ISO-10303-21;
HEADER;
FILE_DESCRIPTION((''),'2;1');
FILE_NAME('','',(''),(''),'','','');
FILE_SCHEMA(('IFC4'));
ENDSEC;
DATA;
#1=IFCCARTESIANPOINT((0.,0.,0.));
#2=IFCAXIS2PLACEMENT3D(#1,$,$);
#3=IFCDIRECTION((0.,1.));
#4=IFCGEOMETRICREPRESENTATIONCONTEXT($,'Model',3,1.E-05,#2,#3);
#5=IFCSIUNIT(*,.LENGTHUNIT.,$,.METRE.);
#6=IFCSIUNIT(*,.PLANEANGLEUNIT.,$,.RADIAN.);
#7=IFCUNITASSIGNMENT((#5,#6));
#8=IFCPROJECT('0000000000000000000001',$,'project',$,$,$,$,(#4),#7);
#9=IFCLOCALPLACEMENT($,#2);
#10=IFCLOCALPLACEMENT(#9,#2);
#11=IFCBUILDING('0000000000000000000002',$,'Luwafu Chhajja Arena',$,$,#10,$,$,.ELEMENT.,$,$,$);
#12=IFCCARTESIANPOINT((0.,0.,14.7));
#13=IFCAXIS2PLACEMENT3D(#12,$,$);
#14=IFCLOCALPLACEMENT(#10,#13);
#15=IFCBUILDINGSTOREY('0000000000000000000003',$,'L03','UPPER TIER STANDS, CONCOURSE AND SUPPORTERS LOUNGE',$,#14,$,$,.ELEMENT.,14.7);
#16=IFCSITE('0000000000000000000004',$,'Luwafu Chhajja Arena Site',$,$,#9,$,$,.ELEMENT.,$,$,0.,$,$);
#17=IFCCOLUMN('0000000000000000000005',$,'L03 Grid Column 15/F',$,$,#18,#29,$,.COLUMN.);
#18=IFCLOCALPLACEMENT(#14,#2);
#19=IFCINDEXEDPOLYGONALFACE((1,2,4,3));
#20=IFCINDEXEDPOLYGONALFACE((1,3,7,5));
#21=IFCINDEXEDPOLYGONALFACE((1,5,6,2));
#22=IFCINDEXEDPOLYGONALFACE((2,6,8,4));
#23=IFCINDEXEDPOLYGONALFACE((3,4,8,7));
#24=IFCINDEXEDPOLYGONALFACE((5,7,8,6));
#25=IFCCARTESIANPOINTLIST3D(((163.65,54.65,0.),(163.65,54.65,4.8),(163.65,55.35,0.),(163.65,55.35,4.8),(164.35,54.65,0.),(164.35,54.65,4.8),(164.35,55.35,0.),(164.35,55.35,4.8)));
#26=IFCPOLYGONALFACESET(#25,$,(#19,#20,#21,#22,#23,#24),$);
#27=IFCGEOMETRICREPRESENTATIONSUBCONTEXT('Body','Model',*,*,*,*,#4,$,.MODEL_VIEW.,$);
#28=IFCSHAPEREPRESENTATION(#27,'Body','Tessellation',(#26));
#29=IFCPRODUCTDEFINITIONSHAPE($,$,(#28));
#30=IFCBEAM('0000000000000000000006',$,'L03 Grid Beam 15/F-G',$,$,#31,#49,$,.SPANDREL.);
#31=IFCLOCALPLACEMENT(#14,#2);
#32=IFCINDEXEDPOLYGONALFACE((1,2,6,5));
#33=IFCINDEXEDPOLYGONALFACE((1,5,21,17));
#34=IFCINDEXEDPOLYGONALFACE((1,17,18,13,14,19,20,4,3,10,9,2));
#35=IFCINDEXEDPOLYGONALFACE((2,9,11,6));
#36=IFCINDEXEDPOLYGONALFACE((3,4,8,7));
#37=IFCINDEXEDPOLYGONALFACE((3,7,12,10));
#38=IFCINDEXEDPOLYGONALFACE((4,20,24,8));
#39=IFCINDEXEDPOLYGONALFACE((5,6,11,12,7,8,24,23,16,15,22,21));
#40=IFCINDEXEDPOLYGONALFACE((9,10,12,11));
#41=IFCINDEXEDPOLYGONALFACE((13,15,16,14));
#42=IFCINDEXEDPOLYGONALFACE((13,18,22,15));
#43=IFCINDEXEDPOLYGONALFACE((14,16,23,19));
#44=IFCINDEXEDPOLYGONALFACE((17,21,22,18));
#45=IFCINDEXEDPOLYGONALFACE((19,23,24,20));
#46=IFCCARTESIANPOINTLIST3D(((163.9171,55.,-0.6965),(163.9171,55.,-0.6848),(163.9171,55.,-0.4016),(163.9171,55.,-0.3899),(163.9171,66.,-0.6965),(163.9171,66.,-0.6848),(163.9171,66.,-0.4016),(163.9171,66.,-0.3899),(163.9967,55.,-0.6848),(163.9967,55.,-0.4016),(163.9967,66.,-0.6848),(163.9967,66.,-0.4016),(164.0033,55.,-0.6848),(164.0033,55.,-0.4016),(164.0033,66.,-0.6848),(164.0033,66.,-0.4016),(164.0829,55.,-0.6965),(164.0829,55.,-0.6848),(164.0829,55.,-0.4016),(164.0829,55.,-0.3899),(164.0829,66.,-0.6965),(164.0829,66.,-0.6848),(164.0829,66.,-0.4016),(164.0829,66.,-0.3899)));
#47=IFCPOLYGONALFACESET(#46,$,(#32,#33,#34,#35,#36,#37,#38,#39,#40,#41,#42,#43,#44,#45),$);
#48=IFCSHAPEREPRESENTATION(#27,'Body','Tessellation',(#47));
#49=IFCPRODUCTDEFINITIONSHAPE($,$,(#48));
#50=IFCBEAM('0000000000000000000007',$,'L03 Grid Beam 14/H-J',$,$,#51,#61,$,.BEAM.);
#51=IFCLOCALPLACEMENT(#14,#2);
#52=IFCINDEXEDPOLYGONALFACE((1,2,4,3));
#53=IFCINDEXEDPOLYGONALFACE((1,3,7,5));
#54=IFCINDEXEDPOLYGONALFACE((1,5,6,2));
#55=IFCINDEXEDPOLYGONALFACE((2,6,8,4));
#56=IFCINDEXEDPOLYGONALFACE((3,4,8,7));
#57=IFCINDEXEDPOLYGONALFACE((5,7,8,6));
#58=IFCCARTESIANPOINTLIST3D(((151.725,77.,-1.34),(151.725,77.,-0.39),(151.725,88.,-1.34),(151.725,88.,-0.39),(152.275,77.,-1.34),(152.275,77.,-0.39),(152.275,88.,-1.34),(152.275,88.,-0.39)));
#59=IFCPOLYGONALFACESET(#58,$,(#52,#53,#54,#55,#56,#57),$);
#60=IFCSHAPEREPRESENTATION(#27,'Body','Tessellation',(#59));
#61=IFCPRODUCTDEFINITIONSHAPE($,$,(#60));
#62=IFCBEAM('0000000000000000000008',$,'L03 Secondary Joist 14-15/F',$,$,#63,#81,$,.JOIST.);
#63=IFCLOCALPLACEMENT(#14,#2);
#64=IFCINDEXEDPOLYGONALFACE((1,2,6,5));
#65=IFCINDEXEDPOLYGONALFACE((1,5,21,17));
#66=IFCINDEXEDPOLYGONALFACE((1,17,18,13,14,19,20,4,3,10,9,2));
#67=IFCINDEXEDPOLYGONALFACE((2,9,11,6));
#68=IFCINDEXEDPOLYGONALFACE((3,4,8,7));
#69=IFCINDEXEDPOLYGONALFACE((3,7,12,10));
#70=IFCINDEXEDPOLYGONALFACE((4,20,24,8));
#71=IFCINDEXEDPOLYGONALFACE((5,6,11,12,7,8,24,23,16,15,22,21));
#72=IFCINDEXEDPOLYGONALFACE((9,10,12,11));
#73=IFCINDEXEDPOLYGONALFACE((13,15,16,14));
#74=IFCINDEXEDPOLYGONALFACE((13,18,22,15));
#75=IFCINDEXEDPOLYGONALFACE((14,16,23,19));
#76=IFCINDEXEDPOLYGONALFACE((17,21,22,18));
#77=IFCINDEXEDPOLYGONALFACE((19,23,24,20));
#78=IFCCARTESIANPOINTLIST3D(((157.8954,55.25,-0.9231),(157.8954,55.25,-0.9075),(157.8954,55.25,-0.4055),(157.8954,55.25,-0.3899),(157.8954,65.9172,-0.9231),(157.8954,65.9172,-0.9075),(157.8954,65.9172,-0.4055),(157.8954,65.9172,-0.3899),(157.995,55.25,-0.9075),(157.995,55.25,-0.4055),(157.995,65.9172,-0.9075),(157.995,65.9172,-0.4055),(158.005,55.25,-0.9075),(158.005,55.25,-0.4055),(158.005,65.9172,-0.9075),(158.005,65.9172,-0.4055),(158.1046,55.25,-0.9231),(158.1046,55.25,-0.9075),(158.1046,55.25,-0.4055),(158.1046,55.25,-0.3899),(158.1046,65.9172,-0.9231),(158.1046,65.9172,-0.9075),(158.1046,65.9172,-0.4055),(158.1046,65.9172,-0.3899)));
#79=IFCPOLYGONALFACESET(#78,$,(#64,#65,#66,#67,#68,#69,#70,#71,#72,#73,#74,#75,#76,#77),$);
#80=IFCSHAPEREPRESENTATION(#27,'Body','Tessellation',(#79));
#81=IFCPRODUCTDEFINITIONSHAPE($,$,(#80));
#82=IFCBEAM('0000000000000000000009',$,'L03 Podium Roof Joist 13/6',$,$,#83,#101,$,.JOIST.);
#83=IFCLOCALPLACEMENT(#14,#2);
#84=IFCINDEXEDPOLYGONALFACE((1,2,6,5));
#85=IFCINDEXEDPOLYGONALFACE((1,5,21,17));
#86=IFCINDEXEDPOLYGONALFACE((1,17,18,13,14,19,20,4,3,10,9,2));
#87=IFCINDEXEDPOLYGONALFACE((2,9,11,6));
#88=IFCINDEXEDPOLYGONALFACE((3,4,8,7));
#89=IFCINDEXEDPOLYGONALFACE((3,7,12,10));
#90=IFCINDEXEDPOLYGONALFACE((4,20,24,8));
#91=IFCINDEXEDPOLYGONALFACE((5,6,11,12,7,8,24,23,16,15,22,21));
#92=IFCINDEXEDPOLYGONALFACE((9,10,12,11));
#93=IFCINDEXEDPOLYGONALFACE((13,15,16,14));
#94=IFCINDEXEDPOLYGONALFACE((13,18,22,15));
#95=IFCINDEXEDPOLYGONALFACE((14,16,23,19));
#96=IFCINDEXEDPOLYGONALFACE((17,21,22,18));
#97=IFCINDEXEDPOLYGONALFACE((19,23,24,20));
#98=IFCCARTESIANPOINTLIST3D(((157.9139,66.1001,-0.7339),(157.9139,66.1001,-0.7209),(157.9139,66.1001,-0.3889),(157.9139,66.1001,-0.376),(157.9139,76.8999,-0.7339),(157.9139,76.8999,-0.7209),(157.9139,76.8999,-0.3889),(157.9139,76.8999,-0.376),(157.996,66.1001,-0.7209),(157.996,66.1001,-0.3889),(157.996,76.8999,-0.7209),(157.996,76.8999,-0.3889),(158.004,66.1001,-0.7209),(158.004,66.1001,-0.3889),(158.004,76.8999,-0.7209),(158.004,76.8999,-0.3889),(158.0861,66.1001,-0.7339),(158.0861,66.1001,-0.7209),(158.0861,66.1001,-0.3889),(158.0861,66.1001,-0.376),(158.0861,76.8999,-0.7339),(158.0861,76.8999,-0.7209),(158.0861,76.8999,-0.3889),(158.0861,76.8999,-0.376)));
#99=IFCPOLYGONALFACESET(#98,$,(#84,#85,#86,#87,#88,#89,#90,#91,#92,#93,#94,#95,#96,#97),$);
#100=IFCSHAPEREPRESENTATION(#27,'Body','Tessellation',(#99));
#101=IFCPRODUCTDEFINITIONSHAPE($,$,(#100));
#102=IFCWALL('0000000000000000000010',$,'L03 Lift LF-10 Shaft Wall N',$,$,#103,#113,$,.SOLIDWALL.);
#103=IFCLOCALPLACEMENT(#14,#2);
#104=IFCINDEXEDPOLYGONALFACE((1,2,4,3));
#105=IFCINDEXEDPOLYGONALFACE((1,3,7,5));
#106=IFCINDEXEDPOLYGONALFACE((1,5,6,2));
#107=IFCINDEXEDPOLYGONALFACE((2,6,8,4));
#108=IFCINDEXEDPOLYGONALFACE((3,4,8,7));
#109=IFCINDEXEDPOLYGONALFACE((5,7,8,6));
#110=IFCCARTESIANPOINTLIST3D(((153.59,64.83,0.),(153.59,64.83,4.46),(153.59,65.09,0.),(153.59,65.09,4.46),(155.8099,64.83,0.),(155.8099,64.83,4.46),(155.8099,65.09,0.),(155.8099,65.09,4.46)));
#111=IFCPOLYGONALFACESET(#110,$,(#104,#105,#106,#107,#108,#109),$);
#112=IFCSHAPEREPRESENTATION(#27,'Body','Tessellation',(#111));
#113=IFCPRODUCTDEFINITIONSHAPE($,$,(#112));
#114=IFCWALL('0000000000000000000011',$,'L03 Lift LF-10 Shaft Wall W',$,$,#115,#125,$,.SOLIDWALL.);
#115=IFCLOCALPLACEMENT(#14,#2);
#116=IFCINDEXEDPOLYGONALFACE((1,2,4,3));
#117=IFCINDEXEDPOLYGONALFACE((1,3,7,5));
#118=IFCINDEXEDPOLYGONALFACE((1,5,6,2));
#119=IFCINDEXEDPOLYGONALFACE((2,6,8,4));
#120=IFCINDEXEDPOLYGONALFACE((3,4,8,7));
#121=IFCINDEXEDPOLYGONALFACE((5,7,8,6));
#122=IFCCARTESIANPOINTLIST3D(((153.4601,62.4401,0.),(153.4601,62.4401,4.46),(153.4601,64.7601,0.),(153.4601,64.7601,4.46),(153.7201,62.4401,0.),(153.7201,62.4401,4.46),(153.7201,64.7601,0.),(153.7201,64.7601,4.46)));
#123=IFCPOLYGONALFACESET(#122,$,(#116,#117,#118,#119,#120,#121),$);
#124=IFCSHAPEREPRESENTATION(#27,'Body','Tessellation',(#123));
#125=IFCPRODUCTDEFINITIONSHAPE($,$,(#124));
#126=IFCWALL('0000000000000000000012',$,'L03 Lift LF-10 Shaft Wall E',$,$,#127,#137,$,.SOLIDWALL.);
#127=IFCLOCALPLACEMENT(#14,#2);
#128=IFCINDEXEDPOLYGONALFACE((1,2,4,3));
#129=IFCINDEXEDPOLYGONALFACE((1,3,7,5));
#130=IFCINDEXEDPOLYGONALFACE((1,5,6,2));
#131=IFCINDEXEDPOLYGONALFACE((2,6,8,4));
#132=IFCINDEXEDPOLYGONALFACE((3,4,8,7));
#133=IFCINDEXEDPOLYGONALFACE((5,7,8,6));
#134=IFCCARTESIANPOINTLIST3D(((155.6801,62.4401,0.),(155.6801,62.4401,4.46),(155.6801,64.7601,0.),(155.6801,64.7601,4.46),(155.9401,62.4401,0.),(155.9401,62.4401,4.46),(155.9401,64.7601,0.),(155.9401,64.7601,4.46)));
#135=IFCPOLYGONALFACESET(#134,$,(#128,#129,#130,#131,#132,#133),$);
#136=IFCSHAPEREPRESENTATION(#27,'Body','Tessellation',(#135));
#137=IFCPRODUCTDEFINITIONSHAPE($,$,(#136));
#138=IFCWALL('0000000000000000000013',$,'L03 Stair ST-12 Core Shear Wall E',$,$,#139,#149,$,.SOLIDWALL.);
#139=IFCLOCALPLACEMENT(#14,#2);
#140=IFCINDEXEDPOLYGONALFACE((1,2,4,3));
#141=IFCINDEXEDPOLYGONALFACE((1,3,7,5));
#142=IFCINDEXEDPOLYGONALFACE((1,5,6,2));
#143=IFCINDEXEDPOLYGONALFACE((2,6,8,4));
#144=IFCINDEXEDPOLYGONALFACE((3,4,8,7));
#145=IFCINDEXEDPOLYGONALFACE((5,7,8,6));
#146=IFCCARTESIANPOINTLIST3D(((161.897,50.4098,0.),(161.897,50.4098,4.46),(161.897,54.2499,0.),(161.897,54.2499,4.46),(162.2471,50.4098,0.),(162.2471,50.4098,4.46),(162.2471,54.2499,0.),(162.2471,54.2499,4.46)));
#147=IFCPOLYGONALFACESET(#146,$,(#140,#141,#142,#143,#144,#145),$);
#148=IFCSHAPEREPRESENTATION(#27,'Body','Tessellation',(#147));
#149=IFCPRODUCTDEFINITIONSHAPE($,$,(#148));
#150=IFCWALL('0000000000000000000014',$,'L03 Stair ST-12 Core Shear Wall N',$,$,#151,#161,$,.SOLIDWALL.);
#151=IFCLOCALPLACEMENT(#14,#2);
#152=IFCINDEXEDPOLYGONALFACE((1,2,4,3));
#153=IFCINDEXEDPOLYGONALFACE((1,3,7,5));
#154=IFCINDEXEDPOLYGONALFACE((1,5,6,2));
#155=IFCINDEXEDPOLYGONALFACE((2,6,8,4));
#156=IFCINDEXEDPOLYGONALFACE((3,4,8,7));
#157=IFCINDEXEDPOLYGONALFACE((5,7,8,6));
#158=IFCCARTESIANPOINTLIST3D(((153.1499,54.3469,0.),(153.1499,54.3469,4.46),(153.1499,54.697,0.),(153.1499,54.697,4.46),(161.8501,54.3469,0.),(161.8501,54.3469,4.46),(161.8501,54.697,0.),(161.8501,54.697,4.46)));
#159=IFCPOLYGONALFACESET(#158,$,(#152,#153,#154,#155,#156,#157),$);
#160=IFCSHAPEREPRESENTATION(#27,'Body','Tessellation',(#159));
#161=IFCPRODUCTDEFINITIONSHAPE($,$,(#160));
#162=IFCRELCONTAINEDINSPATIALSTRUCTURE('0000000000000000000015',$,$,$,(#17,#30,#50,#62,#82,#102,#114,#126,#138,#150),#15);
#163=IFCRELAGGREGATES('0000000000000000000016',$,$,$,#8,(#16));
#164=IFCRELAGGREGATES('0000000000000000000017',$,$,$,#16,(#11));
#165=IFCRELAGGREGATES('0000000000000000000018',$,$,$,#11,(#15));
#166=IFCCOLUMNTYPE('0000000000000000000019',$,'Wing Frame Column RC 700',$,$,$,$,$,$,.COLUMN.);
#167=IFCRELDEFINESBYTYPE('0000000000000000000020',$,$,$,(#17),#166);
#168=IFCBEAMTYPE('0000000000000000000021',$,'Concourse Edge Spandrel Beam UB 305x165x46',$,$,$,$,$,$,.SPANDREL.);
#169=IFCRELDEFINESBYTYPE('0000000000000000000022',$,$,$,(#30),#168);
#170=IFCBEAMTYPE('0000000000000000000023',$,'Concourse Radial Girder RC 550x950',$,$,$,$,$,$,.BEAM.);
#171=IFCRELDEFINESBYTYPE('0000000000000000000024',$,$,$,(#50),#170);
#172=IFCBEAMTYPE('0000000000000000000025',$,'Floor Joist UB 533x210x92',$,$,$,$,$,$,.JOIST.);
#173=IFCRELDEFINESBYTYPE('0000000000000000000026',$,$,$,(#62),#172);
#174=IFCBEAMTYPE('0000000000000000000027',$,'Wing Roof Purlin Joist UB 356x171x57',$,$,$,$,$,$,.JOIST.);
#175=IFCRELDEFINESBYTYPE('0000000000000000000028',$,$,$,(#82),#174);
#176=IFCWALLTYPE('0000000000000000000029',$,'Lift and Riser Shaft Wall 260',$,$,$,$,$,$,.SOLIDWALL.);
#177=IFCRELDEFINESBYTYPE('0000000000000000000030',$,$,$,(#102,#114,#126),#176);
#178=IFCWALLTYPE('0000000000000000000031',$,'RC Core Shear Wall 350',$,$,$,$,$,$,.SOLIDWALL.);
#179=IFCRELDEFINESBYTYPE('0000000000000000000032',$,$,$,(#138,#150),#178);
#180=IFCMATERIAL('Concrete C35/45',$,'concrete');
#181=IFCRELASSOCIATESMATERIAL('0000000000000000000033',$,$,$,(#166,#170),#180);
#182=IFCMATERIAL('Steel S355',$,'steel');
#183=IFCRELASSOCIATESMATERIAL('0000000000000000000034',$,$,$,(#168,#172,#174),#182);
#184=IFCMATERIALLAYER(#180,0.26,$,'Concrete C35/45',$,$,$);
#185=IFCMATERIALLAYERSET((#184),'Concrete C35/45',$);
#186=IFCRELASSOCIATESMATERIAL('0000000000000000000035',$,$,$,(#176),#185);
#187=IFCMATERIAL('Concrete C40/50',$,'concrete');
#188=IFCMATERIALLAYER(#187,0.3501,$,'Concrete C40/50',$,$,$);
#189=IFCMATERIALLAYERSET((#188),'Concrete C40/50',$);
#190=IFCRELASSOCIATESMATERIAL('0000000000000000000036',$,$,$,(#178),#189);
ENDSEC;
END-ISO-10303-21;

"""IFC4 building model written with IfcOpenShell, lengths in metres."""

from ifc_helpers import new_model, si_unit, direction, frame, frame_2d, origin, origin_2d, place, context, subcontext, project, spatial, rectangle, i_section, extrude, material, layer, layer_set, material_profile, profile_set, type_object, element, save


model = new_model("IFC4")

# Units and contexts
model_context = context("Model", 3, precision=1e-05, world=origin(), true_north=direction((0.0, 1.0)))
body_context = subcontext(model_context, "Body", "Model", "MODEL_VIEW")
ifc_project = project(units=[si_unit("LENGTHUNIT", "METRE"), si_unit("PLANEANGLEUNIT", "RADIAN")], contexts=[model_context])

# Site, building, storey
site_placement = place(None, origin())
site = spatial("IfcSite", under=ifc_project, at=site_placement, Name="Luwafu Chhajja Arena Site", CompositionType="ELEMENT", RefElevation=0.0)
building_placement = place(site_placement, origin())
building = spatial("IfcBuilding", under=site, at=building_placement, Name="Luwafu Chhajja Arena", CompositionType="ELEMENT")
storey_placement = place(building_placement, frame((0.0, 0.0, 14.7)))
storey = spatial("IfcBuildingStorey", under=building, at=storey_placement, Name="L03", Description="UPPER TIER STANDS, CONCOURSE AND SUPPORTERS LOUNGE", CompositionType="ELEMENT", Elevation=14.7)

# Column
ifc_material_1 = material(Name="Concrete C35/45", Category="concrete")
ifc_material_profile_1 = material_profile(ifc_material_1, rectangle(XDim=0.7, YDim=0.7, at=origin_2d()), Name="RC 700x700")
ifc_profile_set_1 = profile_set([ifc_material_profile_1], Name="Concrete C35/45")
column_type = type_object("IfcColumnType", Name="Wing Frame Column RC 700", PredefinedType="COLUMN", material=ifc_profile_set_1)
column_placement = place(storey_placement, frame((164.0, 55.0, 0.0), z_axis=(0.0, 0.0, 1.0), x_axis=(1.0, 0.0, 0.0)))
element("IfcColumn", 1, at=column_placement, inside=storey, type_object=column_type, Name="L03 Grid Column 15/F", PredefinedType="COLUMN", context=body_context, shape_type="SweptSolid", body=[
    extrude(rectangle(XDim=0.7, YDim=0.7, at=origin_2d()), origin(), (0.0, 0.0, 1.0), 4.8),
])

# Beams
ifc_material_2 = material(Name="Steel S355", Category="steel")
ifc_material_profile_2 = material_profile(ifc_material_2, i_section(OverallWidth=0.1658, OverallDepth=0.3066, WebThickness=0.0066, FlangeThickness=0.0117, at=origin_2d()), Name="UB 305x165x46")
ifc_profile_set_2 = profile_set([ifc_material_profile_2], Name="Steel S355")
beam_type_1 = type_object("IfcBeamType", Name="Concourse Edge Spandrel Beam UB 305x165x46", PredefinedType="SPANDREL", material=ifc_profile_set_2)
beam_1_placement = place(storey_placement, frame((164.0, 55.0, -0.5432), z_axis=(0.0, 1.0, 0.0), x_axis=(-1.0, 0.0, 0.0)))
element("IfcBeam", 2, at=beam_1_placement, inside=storey, type_object=beam_type_1, Name="L03 Grid Beam 15/F-G", PredefinedType="SPANDREL", context=body_context, shape_type="SweptSolid", body=[
    extrude(i_section(OverallWidth=0.1658, OverallDepth=0.3066, WebThickness=0.0066, FlangeThickness=0.0117, at=origin_2d()), origin(), (0.0, 0.0, 1.0), 11.0),
])
ifc_material_profile_3 = material_profile(ifc_material_1, rectangle(XDim=0.55, YDim=0.95, at=origin_2d()), Name="RC 550x950")
ifc_profile_set_3 = profile_set([ifc_material_profile_3], Name="Concrete C35/45")
beam_type_2 = type_object("IfcBeamType", Name="Concourse Radial Girder RC 550x950", PredefinedType="BEAM", material=ifc_profile_set_3)
beam_2_placement = place(storey_placement, frame((152.0, 77.0, -0.865), z_axis=(0.0, 1.0, 0.0), x_axis=(-1.0, 0.0, 0.0)))
element("IfcBeam", 3, at=beam_2_placement, inside=storey, type_object=beam_type_2, Name="L03 Grid Beam 14/H-J", PredefinedType="BEAM", context=body_context, shape_type="SweptSolid", body=[
    extrude(rectangle(XDim=0.55, YDim=0.95, at=origin_2d()), origin(), (0.0, 0.0, 1.0), 11.0),
])
ifc_material_profile_4 = material_profile(ifc_material_2, i_section(OverallWidth=0.2092, OverallDepth=0.5332, WebThickness=0.01, FlangeThickness=0.0156, at=origin_2d()), Name="UB 533x210x92")
ifc_profile_set_4 = profile_set([ifc_material_profile_4], Name="Steel S355")
beam_type_3 = type_object("IfcBeamType", Name="Floor Joist UB 533x210x92", PredefinedType="JOIST", material=ifc_profile_set_4)
beam_3_placement = place(storey_placement, frame((158.0, 55.25, -0.6565), z_axis=(0.0, 1.0, 0.0), x_axis=(-1.0, 0.0, 0.0)))
element("IfcBeam", 4, at=beam_3_placement, inside=storey, type_object=beam_type_3, Name="L03 Secondary Joist 14-15/F", PredefinedType="JOIST", context=body_context, shape_type="SweptSolid", body=[
    extrude(i_section(OverallWidth=0.2092, OverallDepth=0.5332, WebThickness=0.01, FlangeThickness=0.0156, at=origin_2d()), origin(), (0.0, 0.0, 1.0), 10.6672),
])
ifc_material_profile_5 = material_profile(ifc_material_2, i_section(OverallWidth=0.1721, OverallDepth=0.3579, WebThickness=0.0081, FlangeThickness=0.0129, at=origin_2d()), Name="UB 356x171x57")
ifc_profile_set_5 = profile_set([ifc_material_profile_5], Name="Steel S355")
beam_type_4 = type_object("IfcBeamType", Name="Wing Roof Purlin Joist UB 356x171x57", PredefinedType="JOIST", material=ifc_profile_set_5)
beam_4_placement = place(storey_placement, frame((158.0, 66.1001, -0.5549), z_axis=(0.0, 1.0, 0.0), x_axis=(-1.0, 0.0, 0.0)))
element("IfcBeam", 5, at=beam_4_placement, inside=storey, type_object=beam_type_4, Name="L03 Podium Roof Joist 13/6", PredefinedType="JOIST", context=body_context, shape_type="SweptSolid", body=[
    extrude(i_section(OverallWidth=0.1721, OverallDepth=0.3579, WebThickness=0.0081, FlangeThickness=0.0129, at=origin_2d()), origin(), (0.0, 0.0, 1.0), 10.7998),
])

# Shared definitions
ifc_layer_1 = layer(ifc_material_1, 0.26, Name="Concrete C35/45")
ifc_layer_set_1 = layer_set([ifc_layer_1], Name="Concrete C35/45")
wall_type_1 = type_object("IfcWallType", Name="Lift and Riser Shaft Wall 260", PredefinedType="SOLIDWALL", material=ifc_layer_set_1)

# Walls
wall_1_placement = place(storey_placement, frame((153.5901, 64.96, 0.0), z_axis=(0.0, 0.0, 1.0), x_axis=(1.0, 0.0, 0.0)))
element("IfcWall", 6, at=wall_1_placement, inside=storey, type_object=wall_type_1, Name="L03 Lift LF-10 Shaft Wall N", PredefinedType="SOLIDWALL", context=body_context, shape_type="SweptSolid", body=[
    extrude(rectangle(XDim=2.22, YDim=0.26, at=frame_2d((1.1099, 0.0))), origin(), (0.0, 0.0, 1.0), 4.46),
])
for number, where, z_axis, x_axis, name in (
    (7, (153.5901, 62.4399, 0.0), (0.0, 0.0, 1.0), (0.0, 1.0, 0.0), "L03 Lift LF-10 Shaft Wall W"),
    (8, (155.8101, 62.4399, 0.0), (0.0, 0.0, 1.0), (0.0, 1.0, 0.0), "L03 Lift LF-10 Shaft Wall E"),
):
    element("IfcWall", number, at=place(storey_placement, frame(where, z_axis=z_axis, x_axis=x_axis)), inside=storey, type_object=wall_type_1, Name=name, PredefinedType="SOLIDWALL", context=body_context, shape_type="SweptSolid", body=[
        extrude(rectangle(XDim=2.3201, YDim=0.26, at=frame_2d((1.1602, 0.0))), origin(), (0.0, 0.0, 1.0), 4.46),
    ])
ifc_material_3 = material(Name="Concrete C40/50", Category="concrete")
ifc_layer_2 = layer(ifc_material_3, 0.3501, Name="Concrete C40/50")
ifc_layer_set_2 = layer_set([ifc_layer_2], Name="Concrete C40/50")
wall_type_2 = type_object("IfcWallType", Name="RC Core Shear Wall 350", PredefinedType="SOLIDWALL", material=ifc_layer_set_2)
wall_2_placement = place(storey_placement, frame((162.072, 50.4099, 0.0), z_axis=(0.0, 0.0, 1.0), x_axis=(0.0, 1.0, 0.0)))
element("IfcWall", 9, at=wall_2_placement, inside=storey, type_object=wall_type_2, Name="L03 Stair ST-12 Core Shear Wall E", PredefinedType="SOLIDWALL", context=body_context, shape_type="SweptSolid", body=[
    extrude(rectangle(XDim=3.8401, YDim=0.3501, at=frame_2d((1.9199, 0.0))), origin(), (0.0, 0.0, 1.0), 4.46),
])
wall_3_placement = place(storey_placement, frame((153.1499, 54.522, 0.0), z_axis=(0.0, 0.0, 1.0), x_axis=(1.0, 0.0, 0.0)))
element("IfcWall", 10, at=wall_3_placement, inside=storey, type_object=wall_type_2, Name="L03 Stair ST-12 Core Shear Wall N", PredefinedType="SOLIDWALL", context=body_context, shape_type="SweptSolid", body=[
    extrude(rectangle(XDim=8.7002, YDim=0.3501, at=frame_2d((4.3501, 0.0))), origin(), (0.0, 0.0, 1.0), 4.46),
])

save(model, "model.ifc")
